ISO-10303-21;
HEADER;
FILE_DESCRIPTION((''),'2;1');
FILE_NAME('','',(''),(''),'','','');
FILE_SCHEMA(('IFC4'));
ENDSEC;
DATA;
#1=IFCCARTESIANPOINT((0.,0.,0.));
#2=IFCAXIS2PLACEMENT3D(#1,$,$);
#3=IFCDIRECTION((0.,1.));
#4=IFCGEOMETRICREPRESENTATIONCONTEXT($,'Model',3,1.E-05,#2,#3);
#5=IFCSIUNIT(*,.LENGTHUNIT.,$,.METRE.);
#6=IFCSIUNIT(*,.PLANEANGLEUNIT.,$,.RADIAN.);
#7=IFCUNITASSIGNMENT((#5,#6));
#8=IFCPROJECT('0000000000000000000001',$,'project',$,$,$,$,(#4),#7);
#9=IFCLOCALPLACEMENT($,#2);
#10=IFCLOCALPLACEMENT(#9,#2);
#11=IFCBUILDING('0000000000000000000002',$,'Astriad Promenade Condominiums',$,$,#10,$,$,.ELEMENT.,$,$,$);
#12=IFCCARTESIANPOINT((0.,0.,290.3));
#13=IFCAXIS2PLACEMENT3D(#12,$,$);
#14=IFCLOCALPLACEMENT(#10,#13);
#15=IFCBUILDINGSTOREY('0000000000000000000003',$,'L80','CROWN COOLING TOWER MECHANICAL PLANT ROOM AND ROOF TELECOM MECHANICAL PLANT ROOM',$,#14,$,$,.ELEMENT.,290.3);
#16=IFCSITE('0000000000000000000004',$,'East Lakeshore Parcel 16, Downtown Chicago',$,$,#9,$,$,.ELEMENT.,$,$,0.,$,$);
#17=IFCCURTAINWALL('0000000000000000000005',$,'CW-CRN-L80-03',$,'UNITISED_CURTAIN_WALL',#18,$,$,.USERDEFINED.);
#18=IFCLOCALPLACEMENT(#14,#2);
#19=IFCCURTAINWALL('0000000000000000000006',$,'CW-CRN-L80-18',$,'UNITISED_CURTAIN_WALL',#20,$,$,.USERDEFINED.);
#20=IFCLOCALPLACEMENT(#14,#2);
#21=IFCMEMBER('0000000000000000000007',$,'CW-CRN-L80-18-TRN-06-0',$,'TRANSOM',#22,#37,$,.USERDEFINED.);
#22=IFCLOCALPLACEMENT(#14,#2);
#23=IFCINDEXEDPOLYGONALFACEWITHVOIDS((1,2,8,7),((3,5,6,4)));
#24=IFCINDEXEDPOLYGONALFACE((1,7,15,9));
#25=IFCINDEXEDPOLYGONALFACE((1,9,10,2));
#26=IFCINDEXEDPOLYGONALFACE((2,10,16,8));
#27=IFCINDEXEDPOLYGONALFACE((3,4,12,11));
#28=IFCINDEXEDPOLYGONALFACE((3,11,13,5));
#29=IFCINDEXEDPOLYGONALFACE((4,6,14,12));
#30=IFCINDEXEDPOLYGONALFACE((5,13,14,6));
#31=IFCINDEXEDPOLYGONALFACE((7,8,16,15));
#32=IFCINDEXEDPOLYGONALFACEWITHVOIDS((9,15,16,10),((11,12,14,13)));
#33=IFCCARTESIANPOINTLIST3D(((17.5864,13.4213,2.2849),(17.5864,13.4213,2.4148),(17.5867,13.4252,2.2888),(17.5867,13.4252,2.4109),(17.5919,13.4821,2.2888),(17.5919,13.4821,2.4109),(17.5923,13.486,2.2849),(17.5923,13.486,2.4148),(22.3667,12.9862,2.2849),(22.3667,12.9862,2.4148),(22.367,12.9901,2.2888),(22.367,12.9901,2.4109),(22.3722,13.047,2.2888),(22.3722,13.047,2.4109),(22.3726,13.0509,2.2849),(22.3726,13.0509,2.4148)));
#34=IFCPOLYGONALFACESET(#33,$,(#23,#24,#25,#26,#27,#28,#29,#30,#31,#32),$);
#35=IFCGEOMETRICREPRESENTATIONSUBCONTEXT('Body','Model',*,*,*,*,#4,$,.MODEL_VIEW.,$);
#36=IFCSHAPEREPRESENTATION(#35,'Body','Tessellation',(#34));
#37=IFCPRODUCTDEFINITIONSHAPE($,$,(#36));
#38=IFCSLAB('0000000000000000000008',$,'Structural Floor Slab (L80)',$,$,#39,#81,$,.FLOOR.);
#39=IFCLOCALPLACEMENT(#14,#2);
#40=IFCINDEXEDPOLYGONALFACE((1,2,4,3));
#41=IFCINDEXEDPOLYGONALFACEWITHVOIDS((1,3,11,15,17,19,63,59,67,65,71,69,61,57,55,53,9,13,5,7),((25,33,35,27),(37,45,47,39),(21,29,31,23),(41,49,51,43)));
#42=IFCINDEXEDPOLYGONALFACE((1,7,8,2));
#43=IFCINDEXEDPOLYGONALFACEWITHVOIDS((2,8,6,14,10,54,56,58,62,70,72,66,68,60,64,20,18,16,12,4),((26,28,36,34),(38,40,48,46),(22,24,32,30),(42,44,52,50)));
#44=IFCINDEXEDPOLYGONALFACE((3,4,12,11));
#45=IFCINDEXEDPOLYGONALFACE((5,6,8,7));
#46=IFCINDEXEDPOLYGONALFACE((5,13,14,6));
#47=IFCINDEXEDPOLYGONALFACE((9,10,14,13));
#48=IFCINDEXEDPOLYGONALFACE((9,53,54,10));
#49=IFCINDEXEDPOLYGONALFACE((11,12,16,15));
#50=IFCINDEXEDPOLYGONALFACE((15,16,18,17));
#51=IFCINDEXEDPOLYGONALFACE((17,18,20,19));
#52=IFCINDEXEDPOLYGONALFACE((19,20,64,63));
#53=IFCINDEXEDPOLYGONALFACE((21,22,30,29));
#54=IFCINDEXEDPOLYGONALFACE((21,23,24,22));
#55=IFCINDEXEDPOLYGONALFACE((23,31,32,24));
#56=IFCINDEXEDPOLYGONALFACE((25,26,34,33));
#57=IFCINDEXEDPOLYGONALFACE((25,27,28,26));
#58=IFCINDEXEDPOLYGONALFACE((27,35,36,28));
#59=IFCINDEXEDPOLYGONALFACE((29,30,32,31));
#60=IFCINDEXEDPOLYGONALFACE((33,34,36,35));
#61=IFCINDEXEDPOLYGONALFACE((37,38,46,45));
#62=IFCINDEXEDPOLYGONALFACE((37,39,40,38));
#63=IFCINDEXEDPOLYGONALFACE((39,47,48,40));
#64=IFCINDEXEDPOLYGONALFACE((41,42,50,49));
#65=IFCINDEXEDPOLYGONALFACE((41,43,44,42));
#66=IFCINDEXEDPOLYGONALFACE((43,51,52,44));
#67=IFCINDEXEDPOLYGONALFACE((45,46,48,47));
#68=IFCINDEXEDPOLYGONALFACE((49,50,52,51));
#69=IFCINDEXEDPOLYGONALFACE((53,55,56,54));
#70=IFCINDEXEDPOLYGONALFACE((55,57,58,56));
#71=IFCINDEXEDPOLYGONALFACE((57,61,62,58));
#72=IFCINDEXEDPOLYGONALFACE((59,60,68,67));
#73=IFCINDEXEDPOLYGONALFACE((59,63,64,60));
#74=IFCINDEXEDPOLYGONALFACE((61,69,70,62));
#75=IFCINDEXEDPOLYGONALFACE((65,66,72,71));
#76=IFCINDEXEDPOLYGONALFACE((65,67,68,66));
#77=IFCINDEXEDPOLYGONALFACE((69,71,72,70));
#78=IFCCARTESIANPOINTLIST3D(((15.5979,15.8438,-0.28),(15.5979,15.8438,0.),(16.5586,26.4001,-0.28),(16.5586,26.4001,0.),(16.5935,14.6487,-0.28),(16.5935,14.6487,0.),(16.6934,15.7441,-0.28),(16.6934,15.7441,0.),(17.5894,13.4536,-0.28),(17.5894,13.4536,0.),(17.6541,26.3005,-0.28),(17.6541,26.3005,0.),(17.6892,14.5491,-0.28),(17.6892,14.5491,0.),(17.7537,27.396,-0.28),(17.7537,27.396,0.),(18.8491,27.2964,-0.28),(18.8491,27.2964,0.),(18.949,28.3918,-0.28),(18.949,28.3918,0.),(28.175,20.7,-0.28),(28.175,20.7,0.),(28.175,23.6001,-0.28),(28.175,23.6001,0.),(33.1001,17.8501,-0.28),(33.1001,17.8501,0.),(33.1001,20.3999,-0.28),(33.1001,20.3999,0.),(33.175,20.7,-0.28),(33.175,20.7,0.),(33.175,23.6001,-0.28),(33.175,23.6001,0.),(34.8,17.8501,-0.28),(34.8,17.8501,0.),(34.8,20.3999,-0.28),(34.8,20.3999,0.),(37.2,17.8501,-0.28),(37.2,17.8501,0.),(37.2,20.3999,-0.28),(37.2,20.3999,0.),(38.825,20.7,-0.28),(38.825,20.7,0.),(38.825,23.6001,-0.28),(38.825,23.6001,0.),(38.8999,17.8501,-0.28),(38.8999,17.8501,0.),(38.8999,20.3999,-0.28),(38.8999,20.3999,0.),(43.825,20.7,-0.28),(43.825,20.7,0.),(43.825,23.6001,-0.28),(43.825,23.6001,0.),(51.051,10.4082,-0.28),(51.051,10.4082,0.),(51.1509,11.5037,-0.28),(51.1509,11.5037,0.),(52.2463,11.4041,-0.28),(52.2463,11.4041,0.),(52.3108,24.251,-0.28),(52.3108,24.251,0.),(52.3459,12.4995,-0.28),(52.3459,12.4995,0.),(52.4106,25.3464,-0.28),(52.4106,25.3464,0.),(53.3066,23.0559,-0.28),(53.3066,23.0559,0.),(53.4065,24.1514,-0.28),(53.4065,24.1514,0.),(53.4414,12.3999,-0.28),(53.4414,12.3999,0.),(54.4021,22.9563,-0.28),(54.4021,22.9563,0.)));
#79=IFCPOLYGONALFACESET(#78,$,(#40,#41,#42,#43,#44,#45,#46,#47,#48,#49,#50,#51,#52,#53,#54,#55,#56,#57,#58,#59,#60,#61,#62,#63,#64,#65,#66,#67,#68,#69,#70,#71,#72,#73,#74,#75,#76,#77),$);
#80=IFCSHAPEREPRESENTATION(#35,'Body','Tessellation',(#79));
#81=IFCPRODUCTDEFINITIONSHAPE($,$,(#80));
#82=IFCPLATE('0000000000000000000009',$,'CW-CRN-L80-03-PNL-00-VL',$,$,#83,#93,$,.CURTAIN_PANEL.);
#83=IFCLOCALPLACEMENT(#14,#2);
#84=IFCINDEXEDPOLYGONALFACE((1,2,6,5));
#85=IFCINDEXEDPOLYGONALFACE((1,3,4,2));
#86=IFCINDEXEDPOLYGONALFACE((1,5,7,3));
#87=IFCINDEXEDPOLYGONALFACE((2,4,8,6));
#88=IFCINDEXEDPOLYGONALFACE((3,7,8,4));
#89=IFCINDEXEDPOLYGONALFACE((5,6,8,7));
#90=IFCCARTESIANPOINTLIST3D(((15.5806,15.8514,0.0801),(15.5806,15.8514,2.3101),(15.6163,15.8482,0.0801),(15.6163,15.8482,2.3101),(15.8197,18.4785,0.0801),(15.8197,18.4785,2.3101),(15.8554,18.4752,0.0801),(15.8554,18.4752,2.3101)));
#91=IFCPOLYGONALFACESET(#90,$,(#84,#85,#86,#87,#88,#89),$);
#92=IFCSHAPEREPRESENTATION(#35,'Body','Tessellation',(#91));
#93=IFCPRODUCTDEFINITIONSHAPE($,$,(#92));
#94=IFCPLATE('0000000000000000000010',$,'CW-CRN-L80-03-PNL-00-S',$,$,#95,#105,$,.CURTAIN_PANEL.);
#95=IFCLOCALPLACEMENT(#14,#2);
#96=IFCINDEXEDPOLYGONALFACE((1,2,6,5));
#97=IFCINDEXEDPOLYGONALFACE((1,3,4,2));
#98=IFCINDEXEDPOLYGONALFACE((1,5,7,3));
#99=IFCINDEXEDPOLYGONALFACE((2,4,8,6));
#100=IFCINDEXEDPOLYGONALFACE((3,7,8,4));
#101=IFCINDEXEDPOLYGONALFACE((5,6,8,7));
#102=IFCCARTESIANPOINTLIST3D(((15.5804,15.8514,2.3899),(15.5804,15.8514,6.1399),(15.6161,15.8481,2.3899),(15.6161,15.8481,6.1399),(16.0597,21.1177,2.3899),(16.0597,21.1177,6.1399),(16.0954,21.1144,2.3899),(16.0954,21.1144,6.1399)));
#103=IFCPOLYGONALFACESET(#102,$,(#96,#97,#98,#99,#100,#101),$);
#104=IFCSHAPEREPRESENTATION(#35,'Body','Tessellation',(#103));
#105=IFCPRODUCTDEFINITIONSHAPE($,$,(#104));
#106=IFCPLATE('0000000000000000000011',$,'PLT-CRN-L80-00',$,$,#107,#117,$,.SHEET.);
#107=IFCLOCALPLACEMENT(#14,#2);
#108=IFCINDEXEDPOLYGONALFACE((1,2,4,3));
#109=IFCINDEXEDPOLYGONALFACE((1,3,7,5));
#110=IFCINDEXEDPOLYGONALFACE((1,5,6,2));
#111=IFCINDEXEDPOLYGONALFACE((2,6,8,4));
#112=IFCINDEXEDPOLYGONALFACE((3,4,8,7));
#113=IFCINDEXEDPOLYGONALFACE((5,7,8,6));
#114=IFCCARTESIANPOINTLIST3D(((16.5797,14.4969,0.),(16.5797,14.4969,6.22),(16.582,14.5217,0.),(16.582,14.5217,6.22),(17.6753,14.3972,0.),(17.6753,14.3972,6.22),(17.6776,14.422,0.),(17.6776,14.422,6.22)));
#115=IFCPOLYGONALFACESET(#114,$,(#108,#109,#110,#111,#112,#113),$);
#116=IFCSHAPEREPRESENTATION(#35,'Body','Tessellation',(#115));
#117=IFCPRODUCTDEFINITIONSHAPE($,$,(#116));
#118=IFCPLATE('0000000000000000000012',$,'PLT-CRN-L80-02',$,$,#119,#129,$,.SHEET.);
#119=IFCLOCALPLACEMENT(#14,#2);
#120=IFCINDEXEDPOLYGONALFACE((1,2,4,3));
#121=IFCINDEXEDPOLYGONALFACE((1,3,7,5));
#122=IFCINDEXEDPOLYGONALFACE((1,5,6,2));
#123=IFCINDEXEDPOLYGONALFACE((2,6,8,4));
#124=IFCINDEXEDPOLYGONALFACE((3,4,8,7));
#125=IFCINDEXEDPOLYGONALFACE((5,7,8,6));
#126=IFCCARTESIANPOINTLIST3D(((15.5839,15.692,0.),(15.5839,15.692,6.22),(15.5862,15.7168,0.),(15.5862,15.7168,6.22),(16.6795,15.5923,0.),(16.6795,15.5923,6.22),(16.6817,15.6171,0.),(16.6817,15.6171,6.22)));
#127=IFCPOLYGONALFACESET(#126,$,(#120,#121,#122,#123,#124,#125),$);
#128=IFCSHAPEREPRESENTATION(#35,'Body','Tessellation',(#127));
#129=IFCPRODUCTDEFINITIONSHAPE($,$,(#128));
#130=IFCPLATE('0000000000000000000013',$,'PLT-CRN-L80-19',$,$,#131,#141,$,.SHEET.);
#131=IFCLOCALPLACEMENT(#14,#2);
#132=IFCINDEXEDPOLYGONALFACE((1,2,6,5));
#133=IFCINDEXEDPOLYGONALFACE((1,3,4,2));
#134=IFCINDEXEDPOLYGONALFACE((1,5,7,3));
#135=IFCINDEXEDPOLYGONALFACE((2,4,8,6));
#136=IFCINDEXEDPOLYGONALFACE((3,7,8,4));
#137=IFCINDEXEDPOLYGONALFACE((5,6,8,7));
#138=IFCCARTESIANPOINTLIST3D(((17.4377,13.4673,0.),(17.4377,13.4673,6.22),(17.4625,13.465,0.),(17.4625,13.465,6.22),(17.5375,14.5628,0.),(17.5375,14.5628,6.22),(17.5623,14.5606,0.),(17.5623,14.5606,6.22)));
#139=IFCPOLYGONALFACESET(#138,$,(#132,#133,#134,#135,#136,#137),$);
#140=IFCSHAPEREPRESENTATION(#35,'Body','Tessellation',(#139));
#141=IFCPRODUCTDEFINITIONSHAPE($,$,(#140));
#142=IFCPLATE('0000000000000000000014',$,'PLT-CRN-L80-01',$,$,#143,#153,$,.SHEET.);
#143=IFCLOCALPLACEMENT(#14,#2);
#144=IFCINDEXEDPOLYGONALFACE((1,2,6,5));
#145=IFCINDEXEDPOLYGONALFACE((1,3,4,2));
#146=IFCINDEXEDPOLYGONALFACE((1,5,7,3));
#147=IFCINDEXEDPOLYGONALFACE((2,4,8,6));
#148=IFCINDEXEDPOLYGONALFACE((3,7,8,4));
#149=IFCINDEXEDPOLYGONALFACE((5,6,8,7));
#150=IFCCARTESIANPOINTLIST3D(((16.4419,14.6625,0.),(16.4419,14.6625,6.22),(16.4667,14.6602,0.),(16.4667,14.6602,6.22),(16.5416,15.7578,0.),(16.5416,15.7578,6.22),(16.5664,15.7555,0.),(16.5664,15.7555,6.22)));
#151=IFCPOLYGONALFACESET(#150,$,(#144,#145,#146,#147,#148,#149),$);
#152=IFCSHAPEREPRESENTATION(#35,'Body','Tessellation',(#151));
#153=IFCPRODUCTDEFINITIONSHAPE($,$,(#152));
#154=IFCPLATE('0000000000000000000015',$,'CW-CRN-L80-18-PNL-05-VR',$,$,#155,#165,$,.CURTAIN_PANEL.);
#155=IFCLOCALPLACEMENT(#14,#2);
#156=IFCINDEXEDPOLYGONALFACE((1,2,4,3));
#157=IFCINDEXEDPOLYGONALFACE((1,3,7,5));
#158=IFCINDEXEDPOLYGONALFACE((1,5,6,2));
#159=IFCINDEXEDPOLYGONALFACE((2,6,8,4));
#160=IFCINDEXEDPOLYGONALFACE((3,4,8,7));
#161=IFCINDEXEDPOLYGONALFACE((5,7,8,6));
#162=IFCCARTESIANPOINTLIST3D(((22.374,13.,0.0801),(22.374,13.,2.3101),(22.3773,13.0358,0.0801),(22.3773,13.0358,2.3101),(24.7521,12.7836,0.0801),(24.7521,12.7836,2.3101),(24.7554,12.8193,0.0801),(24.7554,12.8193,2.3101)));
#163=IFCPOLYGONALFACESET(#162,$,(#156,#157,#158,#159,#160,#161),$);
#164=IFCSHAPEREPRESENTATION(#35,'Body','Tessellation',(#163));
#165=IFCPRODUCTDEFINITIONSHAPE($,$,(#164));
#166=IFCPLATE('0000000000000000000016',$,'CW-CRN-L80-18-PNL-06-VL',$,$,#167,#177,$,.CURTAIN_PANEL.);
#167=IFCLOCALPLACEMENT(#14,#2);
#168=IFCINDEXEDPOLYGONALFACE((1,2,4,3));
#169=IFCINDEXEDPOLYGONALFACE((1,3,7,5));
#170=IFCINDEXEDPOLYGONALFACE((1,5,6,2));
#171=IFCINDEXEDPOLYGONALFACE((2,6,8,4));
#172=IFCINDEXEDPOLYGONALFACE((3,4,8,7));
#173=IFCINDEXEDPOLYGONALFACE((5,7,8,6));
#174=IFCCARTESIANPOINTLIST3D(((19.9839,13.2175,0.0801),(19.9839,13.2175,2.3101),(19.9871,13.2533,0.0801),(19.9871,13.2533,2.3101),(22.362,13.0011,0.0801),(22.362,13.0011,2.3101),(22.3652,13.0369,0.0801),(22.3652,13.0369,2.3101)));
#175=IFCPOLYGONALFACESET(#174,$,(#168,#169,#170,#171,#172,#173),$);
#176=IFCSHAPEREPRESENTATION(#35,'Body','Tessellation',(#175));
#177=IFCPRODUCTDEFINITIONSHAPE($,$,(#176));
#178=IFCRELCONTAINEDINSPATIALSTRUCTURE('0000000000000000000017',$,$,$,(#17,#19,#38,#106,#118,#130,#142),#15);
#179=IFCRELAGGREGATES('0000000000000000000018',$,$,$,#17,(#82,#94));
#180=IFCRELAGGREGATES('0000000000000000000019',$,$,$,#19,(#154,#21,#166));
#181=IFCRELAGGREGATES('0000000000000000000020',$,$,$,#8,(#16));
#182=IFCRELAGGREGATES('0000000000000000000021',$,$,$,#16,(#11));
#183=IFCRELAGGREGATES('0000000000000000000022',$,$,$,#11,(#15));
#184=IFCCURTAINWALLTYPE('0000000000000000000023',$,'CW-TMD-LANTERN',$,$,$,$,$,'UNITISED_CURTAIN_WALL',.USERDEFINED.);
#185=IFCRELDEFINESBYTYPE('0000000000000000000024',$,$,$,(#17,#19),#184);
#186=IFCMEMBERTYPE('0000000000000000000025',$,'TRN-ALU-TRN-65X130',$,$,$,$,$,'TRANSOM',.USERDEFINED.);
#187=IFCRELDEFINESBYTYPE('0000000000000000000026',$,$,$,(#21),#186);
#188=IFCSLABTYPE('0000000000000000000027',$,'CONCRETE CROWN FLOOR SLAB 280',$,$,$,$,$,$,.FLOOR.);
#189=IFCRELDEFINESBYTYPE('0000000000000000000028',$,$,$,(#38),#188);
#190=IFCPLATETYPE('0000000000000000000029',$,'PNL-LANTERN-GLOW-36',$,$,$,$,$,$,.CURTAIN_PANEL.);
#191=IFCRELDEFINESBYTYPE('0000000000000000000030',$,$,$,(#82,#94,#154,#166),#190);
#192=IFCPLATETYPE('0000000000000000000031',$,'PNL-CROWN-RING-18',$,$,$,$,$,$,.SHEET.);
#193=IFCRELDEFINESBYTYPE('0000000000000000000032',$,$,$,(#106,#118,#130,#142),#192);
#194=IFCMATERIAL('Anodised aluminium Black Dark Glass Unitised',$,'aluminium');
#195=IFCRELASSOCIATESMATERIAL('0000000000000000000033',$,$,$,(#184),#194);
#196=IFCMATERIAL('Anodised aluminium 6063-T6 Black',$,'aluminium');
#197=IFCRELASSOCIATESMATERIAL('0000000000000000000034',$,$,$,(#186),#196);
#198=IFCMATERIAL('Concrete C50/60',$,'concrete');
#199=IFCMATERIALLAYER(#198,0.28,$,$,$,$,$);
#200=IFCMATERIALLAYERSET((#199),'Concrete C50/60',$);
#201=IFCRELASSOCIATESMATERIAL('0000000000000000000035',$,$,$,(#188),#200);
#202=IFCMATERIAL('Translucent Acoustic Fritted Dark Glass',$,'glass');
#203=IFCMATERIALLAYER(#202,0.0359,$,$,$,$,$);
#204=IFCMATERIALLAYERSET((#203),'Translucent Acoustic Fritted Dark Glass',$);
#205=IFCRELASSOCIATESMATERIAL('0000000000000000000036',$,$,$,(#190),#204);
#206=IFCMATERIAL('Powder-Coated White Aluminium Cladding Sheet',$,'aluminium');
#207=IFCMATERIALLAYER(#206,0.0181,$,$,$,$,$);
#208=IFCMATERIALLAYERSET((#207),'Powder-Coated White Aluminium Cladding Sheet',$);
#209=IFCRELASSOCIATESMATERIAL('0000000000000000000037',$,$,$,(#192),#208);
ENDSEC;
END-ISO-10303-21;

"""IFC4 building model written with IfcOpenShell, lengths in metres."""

from ifc_helpers import new_model, si_unit, direction, frame, origin, origin_2d, place, context, subcontext, project, spatial, polyline, rectangle, hollow_rectangle, outline, extrude, source, transform, mapped, material, layer, layer_set, material_profile, profile_set, type_object, type_shapes, element, aggregate, save


model = new_model("IFC4")

# Units and contexts
model_context = context("Model", 3, precision=1e-05, world=origin(), true_north=direction((0.0, 1.0)))
body_context = subcontext(model_context, "Body", "Model", "MODEL_VIEW")
ifc_project = project(units=[si_unit("LENGTHUNIT", "METRE"), si_unit("PLANEANGLEUNIT", "RADIAN")], contexts=[model_context])

# Site, building, storey
site_placement = place(None, origin())
site = spatial("IfcSite", under=ifc_project, at=site_placement, Name="East Lakeshore Parcel 16, Downtown Chicago", CompositionType="ELEMENT", RefElevation=0.0)
building_placement = place(site_placement, origin())
building = spatial("IfcBuilding", under=site, at=building_placement, Name="Astriad Promenade Condominiums", CompositionType="ELEMENT")
storey_placement = place(building_placement, frame((0.0, 0.0, 290.3)))
storey = spatial("IfcBuildingStorey", under=building, at=storey_placement, Name="L80", Description="CROWN COOLING TOWER MECHANICAL PLANT ROOM AND ROOF TELECOM MECHANICAL PLANT ROOM", CompositionType="ELEMENT", Elevation=290.3)

# Curtain walls, member
ifc_material_1 = material(Name="Anodised aluminium Black Dark Glass Unitised", Category="aluminium")
curtain_wall_type = type_object("IfcCurtainWallType", Name="CW-TMD-LANTERN", ElementType="UNITISED_CURTAIN_WALL", PredefinedType="USERDEFINED", material=ifc_material_1)
curtain_wall_1_placement = place(storey_placement, origin())
curtain_wall_1 = element("IfcCurtainWall", 1, at=curtain_wall_1_placement, inside=storey, type_object=curtain_wall_type, Name="CW-CRN-L80-03", ObjectType="UNITISED_CURTAIN_WALL", PredefinedType="USERDEFINED")
ifc_material_2 = material(Name="Anodised aluminium 6063-T6 Black", Category="aluminium")
ifc_material_profile_1 = material_profile(ifc_material_2, hollow_rectangle(XDim=0.0649, YDim=0.1299, WallThickness=0.0039, at=origin_2d()), Name="ALU-TRN-65X130")
ifc_profile_set_1 = profile_set([ifc_material_profile_1], Name="Anodised aluminium 6063-T6 Black")
member_type_1 = type_object("IfcMemberType", Name="TRN-ALU-TRN-65X130", ElementType="TRANSOM", PredefinedType="USERDEFINED", material=ifc_profile_set_1)
curtain_wall_2_placement = place(storey_placement, origin())
curtain_wall_2 = element("IfcCurtainWall", 2, at=curtain_wall_2_placement, inside=storey, type_object=curtain_wall_type, Name="CW-CRN-L80-18", ObjectType="UNITISED_CURTAIN_WALL", PredefinedType="USERDEFINED")
shared_shape_1 = source(origin(), body_context, "Body", "SweptSolid", [
    extrude(hollow_rectangle(XDim=0.0649, YDim=0.1299, WallThickness=0.0039, at=origin_2d()), origin(), (0.0, 0.0, 1.0), 4.8),
])
member_1_placement = place(storey_placement, frame((22.3696, 13.0186, 2.3499), z_axis=(-0.995884, 0.090637, 0.0), x_axis=(-0.090637, -0.995884, 0.0)))
member_1 = element("IfcMember", 3, at=member_1_placement, type_object=member_type_1, Name="CW-CRN-L80-18-TRN-06-0", ObjectType="TRANSOM", PredefinedType="USERDEFINED", context=body_context, shape_type="MappedRepresentation", body=[
    mapped(shared_shape_1, transform((0.0, 0.0, 0.0), scale=1.0)),
])

# Slab
ifc_material_3 = material(Name="Concrete C50/60", Category="concrete")
ifc_layer_1 = layer(ifc_material_3, 0.28)
ifc_layer_set_1 = layer_set([ifc_layer_1], Name="Concrete C50/60")
slab_type = type_object("IfcSlabType", Name="CONCRETE CROWN FLOOR SLAB 280", PredefinedType="FLOOR", material=ifc_layer_set_1)
slab_placement = place(storey_placement, frame((0.0, 0.0, -0.28)))
element("IfcSlab", 4, at=slab_placement, inside=storey, type_object=slab_type, Name="Structural Floor Slab (L80)", PredefinedType="FLOOR", context=body_context, shape_type="SweptSolid", body=[
    extrude(outline(polyline([(17.5894, 13.4536), (51.051, 10.4082), (51.1509, 11.5037), (52.2463, 11.4041), (52.3459, 12.4995), (53.4414, 12.3999), (54.4021, 22.9563), (53.3066, 23.0559), (53.4065, 24.1514), (52.3108, 24.251), (52.4106, 25.3464), (18.949, 28.3918), (18.8491, 27.2964), (17.7537, 27.396), (17.6541, 26.3005), (16.5586, 26.4001), (15.5979, 15.8438), (16.6934, 15.7441), (16.5935, 14.6487), (17.6892, 14.5491), (17.5894, 13.4536)]), holes=[polyline([(28.175, 20.7), (33.175, 20.7), (33.175, 23.6001), (28.175, 23.6001), (28.175, 20.7)]), polyline([(38.825, 20.7), (43.825, 20.7), (43.825, 23.6001), (38.825, 23.6001), (38.825, 20.7)]), polyline([(33.1001, 17.8501), (34.8, 17.8501), (34.8, 20.3999), (33.1001, 20.3999), (33.1001, 17.8501)]), polyline([(37.2, 17.8501), (38.8999, 17.8501), (38.8999, 20.3999), (37.2, 20.3999), (37.2, 17.8501)])]), origin(), (0.0, 0.0, 1.0), 0.28),
])

# Plates
ifc_material_4 = material(Name="Translucent Acoustic Fritted Dark Glass", Category="glass")
ifc_layer_2 = layer(ifc_material_4, 0.0359)
ifc_layer_set_2 = layer_set([ifc_layer_2], Name="Translucent Acoustic Fritted Dark Glass")
plate_type_1 = type_object("IfcPlateType", Name="PNL-LANTERN-GLOW-36", PredefinedType="CURTAIN_PANEL", material=ifc_layer_set_2)
shared_shape_2 = source(origin(), body_context, "Body", "SweptSolid", [
    extrude(rectangle(XDim=2.6379, YDim=0.0359, at=origin_2d()), origin(), (0.0, 0.0, 1.0), 2.23),
])
plate_1_placement = place(storey_placement, frame((15.718, 17.1633, 0.0801), z_axis=(0.0, 0.0, 1.0), x_axis=(0.090633, 0.995884, 0.0)))
plate_1 = element("IfcPlate", 5, at=plate_1_placement, type_object=plate_type_1, Name="CW-CRN-L80-03-PNL-00-VL", PredefinedType="CURTAIN_PANEL", context=body_context, shape_type="MappedRepresentation", body=[
    mapped(shared_shape_2, transform((0.0, 0.0, 0.0), scale=1.0)),
])
shared_shape_3 = source(origin(), body_context, "Body", "SweptSolid", [
    extrude(rectangle(XDim=5.2881, YDim=0.0359, at=origin_2d()), origin(), (0.0, 0.0, 1.0), 3.75),
])
plate_2_placement = place(storey_placement, frame((15.8379, 18.4829, 2.3899), z_axis=(0.0, 0.0, 1.0), x_axis=(0.090633, 0.995884, 0.0)))
plate_2 = element("IfcPlate", 6, at=plate_2_placement, type_object=plate_type_1, Name="CW-CRN-L80-03-PNL-00-S", PredefinedType="CURTAIN_PANEL", context=body_context, shape_type="MappedRepresentation", body=[
    mapped(shared_shape_3, transform((0.0, 0.0, 0.0), scale=1.0)),
])
aggregate(curtain_wall_1, [plate_1, plate_2])

# Plates
ifc_material_5 = material(Name="Powder-Coated White Aluminium Cladding Sheet", Category="aluminium")
ifc_layer_3 = layer(ifc_material_5, 0.0181)
ifc_layer_set_3 = layer_set([ifc_layer_3], Name="Powder-Coated White Aluminium Cladding Sheet")
plate_type_2 = type_object("IfcPlateType", Name="PNL-CROWN-RING-18", PredefinedType="SHEET", material=ifc_layer_set_3)
shared_shape_4 = source(origin(), body_context, "Body", "SweptSolid", [
    extrude(rectangle(XDim=1.1001, YDim=0.0249, at=origin_2d()), origin(), (0.0, 0.0, 1.0), 6.22),
])
for number, where, z_axis, x_axis, name in (
    (7, (17.1287, 14.4595, 0.0), (0.0, 0.0, 1.0), (-0.995884, 0.090633, 0.0), "PLT-CRN-L80-00"),
    (8, (16.1328, 15.6545, 0.0), (0.0, 0.0, 1.0), (-0.995884, 0.090633, 0.0), "PLT-CRN-L80-02"),
    (9, (17.5, 14.0139, 0.0), (0.0, 0.0, 1.0), (0.090633, 0.995884, 0.0), "PLT-CRN-L80-19"),
):
    element("IfcPlate", number, at=place(storey_placement, frame(where, z_axis=z_axis, x_axis=x_axis)), inside=storey, type_object=plate_type_2, Name=name, PredefinedType="SHEET", context=body_context, shape_type="MappedRepresentation", body=[
        mapped(shared_shape_4, transform((0.0, 0.0, 0.0), scale=1.0)),
    ])
shared_shape_5 = source(origin(), body_context, "Body", "SweptSolid", [
    extrude(rectangle(XDim=1.0999, YDim=0.0249, at=origin_2d()), origin(), (0.0, 0.0, 1.0), 6.22),
])
type_shapes(plate_type_2, [shared_shape_4, shared_shape_5])
plate_3_placement = place(storey_placement, frame((16.5042, 15.209, 0.0), z_axis=(0.0, 0.0, 1.0), x_axis=(0.09065, 0.995883, 0.0)))
element("IfcPlate", 10, at=plate_3_placement, inside=storey, type_object=plate_type_2, Name="PLT-CRN-L80-01", PredefinedType="SHEET", context=body_context, shape_type="MappedRepresentation", body=[
    mapped(shared_shape_5, transform((0.0, 0.0, 0.0), scale=1.0)),
])

# Plates
shared_shape_6 = source(origin(), body_context, "Body", "SweptSolid", [
    extrude(rectangle(XDim=2.3879, YDim=0.0359, at=origin_2d()), origin(), (0.0, 0.0, 1.0), 2.23),
])
plate_4_placement = place(storey_placement, frame((23.5647, 12.9097, 0.0801), z_axis=(0.0, 0.0, 1.0), x_axis=(-0.995884, 0.090633, 0.0)))
plate_4 = element("IfcPlate", 11, at=plate_4_placement, type_object=plate_type_1, Name="CW-CRN-L80-18-PNL-05-VR", PredefinedType="CURTAIN_PANEL", context=body_context, shape_type="MappedRepresentation", body=[
    mapped(shared_shape_6, transform((0.0, 0.0, 0.0), scale=1.0)),
])
plate_5_placement = place(storey_placement, frame((21.1746, 13.1272, 0.0801), z_axis=(0.0, 0.0, 1.0), x_axis=(-0.995884, 0.090633, 0.0)))
plate_5 = element("IfcPlate", 12, at=plate_5_placement, type_object=plate_type_1, Name="CW-CRN-L80-18-PNL-06-VL", PredefinedType="CURTAIN_PANEL", context=body_context, shape_type="MappedRepresentation", body=[
    mapped(shared_shape_6, transform((0.0, 0.0, 0.0), scale=1.0)),
])
aggregate(curtain_wall_2, [plate_4, member_1, plate_5])

save(model, "model.ifc")
